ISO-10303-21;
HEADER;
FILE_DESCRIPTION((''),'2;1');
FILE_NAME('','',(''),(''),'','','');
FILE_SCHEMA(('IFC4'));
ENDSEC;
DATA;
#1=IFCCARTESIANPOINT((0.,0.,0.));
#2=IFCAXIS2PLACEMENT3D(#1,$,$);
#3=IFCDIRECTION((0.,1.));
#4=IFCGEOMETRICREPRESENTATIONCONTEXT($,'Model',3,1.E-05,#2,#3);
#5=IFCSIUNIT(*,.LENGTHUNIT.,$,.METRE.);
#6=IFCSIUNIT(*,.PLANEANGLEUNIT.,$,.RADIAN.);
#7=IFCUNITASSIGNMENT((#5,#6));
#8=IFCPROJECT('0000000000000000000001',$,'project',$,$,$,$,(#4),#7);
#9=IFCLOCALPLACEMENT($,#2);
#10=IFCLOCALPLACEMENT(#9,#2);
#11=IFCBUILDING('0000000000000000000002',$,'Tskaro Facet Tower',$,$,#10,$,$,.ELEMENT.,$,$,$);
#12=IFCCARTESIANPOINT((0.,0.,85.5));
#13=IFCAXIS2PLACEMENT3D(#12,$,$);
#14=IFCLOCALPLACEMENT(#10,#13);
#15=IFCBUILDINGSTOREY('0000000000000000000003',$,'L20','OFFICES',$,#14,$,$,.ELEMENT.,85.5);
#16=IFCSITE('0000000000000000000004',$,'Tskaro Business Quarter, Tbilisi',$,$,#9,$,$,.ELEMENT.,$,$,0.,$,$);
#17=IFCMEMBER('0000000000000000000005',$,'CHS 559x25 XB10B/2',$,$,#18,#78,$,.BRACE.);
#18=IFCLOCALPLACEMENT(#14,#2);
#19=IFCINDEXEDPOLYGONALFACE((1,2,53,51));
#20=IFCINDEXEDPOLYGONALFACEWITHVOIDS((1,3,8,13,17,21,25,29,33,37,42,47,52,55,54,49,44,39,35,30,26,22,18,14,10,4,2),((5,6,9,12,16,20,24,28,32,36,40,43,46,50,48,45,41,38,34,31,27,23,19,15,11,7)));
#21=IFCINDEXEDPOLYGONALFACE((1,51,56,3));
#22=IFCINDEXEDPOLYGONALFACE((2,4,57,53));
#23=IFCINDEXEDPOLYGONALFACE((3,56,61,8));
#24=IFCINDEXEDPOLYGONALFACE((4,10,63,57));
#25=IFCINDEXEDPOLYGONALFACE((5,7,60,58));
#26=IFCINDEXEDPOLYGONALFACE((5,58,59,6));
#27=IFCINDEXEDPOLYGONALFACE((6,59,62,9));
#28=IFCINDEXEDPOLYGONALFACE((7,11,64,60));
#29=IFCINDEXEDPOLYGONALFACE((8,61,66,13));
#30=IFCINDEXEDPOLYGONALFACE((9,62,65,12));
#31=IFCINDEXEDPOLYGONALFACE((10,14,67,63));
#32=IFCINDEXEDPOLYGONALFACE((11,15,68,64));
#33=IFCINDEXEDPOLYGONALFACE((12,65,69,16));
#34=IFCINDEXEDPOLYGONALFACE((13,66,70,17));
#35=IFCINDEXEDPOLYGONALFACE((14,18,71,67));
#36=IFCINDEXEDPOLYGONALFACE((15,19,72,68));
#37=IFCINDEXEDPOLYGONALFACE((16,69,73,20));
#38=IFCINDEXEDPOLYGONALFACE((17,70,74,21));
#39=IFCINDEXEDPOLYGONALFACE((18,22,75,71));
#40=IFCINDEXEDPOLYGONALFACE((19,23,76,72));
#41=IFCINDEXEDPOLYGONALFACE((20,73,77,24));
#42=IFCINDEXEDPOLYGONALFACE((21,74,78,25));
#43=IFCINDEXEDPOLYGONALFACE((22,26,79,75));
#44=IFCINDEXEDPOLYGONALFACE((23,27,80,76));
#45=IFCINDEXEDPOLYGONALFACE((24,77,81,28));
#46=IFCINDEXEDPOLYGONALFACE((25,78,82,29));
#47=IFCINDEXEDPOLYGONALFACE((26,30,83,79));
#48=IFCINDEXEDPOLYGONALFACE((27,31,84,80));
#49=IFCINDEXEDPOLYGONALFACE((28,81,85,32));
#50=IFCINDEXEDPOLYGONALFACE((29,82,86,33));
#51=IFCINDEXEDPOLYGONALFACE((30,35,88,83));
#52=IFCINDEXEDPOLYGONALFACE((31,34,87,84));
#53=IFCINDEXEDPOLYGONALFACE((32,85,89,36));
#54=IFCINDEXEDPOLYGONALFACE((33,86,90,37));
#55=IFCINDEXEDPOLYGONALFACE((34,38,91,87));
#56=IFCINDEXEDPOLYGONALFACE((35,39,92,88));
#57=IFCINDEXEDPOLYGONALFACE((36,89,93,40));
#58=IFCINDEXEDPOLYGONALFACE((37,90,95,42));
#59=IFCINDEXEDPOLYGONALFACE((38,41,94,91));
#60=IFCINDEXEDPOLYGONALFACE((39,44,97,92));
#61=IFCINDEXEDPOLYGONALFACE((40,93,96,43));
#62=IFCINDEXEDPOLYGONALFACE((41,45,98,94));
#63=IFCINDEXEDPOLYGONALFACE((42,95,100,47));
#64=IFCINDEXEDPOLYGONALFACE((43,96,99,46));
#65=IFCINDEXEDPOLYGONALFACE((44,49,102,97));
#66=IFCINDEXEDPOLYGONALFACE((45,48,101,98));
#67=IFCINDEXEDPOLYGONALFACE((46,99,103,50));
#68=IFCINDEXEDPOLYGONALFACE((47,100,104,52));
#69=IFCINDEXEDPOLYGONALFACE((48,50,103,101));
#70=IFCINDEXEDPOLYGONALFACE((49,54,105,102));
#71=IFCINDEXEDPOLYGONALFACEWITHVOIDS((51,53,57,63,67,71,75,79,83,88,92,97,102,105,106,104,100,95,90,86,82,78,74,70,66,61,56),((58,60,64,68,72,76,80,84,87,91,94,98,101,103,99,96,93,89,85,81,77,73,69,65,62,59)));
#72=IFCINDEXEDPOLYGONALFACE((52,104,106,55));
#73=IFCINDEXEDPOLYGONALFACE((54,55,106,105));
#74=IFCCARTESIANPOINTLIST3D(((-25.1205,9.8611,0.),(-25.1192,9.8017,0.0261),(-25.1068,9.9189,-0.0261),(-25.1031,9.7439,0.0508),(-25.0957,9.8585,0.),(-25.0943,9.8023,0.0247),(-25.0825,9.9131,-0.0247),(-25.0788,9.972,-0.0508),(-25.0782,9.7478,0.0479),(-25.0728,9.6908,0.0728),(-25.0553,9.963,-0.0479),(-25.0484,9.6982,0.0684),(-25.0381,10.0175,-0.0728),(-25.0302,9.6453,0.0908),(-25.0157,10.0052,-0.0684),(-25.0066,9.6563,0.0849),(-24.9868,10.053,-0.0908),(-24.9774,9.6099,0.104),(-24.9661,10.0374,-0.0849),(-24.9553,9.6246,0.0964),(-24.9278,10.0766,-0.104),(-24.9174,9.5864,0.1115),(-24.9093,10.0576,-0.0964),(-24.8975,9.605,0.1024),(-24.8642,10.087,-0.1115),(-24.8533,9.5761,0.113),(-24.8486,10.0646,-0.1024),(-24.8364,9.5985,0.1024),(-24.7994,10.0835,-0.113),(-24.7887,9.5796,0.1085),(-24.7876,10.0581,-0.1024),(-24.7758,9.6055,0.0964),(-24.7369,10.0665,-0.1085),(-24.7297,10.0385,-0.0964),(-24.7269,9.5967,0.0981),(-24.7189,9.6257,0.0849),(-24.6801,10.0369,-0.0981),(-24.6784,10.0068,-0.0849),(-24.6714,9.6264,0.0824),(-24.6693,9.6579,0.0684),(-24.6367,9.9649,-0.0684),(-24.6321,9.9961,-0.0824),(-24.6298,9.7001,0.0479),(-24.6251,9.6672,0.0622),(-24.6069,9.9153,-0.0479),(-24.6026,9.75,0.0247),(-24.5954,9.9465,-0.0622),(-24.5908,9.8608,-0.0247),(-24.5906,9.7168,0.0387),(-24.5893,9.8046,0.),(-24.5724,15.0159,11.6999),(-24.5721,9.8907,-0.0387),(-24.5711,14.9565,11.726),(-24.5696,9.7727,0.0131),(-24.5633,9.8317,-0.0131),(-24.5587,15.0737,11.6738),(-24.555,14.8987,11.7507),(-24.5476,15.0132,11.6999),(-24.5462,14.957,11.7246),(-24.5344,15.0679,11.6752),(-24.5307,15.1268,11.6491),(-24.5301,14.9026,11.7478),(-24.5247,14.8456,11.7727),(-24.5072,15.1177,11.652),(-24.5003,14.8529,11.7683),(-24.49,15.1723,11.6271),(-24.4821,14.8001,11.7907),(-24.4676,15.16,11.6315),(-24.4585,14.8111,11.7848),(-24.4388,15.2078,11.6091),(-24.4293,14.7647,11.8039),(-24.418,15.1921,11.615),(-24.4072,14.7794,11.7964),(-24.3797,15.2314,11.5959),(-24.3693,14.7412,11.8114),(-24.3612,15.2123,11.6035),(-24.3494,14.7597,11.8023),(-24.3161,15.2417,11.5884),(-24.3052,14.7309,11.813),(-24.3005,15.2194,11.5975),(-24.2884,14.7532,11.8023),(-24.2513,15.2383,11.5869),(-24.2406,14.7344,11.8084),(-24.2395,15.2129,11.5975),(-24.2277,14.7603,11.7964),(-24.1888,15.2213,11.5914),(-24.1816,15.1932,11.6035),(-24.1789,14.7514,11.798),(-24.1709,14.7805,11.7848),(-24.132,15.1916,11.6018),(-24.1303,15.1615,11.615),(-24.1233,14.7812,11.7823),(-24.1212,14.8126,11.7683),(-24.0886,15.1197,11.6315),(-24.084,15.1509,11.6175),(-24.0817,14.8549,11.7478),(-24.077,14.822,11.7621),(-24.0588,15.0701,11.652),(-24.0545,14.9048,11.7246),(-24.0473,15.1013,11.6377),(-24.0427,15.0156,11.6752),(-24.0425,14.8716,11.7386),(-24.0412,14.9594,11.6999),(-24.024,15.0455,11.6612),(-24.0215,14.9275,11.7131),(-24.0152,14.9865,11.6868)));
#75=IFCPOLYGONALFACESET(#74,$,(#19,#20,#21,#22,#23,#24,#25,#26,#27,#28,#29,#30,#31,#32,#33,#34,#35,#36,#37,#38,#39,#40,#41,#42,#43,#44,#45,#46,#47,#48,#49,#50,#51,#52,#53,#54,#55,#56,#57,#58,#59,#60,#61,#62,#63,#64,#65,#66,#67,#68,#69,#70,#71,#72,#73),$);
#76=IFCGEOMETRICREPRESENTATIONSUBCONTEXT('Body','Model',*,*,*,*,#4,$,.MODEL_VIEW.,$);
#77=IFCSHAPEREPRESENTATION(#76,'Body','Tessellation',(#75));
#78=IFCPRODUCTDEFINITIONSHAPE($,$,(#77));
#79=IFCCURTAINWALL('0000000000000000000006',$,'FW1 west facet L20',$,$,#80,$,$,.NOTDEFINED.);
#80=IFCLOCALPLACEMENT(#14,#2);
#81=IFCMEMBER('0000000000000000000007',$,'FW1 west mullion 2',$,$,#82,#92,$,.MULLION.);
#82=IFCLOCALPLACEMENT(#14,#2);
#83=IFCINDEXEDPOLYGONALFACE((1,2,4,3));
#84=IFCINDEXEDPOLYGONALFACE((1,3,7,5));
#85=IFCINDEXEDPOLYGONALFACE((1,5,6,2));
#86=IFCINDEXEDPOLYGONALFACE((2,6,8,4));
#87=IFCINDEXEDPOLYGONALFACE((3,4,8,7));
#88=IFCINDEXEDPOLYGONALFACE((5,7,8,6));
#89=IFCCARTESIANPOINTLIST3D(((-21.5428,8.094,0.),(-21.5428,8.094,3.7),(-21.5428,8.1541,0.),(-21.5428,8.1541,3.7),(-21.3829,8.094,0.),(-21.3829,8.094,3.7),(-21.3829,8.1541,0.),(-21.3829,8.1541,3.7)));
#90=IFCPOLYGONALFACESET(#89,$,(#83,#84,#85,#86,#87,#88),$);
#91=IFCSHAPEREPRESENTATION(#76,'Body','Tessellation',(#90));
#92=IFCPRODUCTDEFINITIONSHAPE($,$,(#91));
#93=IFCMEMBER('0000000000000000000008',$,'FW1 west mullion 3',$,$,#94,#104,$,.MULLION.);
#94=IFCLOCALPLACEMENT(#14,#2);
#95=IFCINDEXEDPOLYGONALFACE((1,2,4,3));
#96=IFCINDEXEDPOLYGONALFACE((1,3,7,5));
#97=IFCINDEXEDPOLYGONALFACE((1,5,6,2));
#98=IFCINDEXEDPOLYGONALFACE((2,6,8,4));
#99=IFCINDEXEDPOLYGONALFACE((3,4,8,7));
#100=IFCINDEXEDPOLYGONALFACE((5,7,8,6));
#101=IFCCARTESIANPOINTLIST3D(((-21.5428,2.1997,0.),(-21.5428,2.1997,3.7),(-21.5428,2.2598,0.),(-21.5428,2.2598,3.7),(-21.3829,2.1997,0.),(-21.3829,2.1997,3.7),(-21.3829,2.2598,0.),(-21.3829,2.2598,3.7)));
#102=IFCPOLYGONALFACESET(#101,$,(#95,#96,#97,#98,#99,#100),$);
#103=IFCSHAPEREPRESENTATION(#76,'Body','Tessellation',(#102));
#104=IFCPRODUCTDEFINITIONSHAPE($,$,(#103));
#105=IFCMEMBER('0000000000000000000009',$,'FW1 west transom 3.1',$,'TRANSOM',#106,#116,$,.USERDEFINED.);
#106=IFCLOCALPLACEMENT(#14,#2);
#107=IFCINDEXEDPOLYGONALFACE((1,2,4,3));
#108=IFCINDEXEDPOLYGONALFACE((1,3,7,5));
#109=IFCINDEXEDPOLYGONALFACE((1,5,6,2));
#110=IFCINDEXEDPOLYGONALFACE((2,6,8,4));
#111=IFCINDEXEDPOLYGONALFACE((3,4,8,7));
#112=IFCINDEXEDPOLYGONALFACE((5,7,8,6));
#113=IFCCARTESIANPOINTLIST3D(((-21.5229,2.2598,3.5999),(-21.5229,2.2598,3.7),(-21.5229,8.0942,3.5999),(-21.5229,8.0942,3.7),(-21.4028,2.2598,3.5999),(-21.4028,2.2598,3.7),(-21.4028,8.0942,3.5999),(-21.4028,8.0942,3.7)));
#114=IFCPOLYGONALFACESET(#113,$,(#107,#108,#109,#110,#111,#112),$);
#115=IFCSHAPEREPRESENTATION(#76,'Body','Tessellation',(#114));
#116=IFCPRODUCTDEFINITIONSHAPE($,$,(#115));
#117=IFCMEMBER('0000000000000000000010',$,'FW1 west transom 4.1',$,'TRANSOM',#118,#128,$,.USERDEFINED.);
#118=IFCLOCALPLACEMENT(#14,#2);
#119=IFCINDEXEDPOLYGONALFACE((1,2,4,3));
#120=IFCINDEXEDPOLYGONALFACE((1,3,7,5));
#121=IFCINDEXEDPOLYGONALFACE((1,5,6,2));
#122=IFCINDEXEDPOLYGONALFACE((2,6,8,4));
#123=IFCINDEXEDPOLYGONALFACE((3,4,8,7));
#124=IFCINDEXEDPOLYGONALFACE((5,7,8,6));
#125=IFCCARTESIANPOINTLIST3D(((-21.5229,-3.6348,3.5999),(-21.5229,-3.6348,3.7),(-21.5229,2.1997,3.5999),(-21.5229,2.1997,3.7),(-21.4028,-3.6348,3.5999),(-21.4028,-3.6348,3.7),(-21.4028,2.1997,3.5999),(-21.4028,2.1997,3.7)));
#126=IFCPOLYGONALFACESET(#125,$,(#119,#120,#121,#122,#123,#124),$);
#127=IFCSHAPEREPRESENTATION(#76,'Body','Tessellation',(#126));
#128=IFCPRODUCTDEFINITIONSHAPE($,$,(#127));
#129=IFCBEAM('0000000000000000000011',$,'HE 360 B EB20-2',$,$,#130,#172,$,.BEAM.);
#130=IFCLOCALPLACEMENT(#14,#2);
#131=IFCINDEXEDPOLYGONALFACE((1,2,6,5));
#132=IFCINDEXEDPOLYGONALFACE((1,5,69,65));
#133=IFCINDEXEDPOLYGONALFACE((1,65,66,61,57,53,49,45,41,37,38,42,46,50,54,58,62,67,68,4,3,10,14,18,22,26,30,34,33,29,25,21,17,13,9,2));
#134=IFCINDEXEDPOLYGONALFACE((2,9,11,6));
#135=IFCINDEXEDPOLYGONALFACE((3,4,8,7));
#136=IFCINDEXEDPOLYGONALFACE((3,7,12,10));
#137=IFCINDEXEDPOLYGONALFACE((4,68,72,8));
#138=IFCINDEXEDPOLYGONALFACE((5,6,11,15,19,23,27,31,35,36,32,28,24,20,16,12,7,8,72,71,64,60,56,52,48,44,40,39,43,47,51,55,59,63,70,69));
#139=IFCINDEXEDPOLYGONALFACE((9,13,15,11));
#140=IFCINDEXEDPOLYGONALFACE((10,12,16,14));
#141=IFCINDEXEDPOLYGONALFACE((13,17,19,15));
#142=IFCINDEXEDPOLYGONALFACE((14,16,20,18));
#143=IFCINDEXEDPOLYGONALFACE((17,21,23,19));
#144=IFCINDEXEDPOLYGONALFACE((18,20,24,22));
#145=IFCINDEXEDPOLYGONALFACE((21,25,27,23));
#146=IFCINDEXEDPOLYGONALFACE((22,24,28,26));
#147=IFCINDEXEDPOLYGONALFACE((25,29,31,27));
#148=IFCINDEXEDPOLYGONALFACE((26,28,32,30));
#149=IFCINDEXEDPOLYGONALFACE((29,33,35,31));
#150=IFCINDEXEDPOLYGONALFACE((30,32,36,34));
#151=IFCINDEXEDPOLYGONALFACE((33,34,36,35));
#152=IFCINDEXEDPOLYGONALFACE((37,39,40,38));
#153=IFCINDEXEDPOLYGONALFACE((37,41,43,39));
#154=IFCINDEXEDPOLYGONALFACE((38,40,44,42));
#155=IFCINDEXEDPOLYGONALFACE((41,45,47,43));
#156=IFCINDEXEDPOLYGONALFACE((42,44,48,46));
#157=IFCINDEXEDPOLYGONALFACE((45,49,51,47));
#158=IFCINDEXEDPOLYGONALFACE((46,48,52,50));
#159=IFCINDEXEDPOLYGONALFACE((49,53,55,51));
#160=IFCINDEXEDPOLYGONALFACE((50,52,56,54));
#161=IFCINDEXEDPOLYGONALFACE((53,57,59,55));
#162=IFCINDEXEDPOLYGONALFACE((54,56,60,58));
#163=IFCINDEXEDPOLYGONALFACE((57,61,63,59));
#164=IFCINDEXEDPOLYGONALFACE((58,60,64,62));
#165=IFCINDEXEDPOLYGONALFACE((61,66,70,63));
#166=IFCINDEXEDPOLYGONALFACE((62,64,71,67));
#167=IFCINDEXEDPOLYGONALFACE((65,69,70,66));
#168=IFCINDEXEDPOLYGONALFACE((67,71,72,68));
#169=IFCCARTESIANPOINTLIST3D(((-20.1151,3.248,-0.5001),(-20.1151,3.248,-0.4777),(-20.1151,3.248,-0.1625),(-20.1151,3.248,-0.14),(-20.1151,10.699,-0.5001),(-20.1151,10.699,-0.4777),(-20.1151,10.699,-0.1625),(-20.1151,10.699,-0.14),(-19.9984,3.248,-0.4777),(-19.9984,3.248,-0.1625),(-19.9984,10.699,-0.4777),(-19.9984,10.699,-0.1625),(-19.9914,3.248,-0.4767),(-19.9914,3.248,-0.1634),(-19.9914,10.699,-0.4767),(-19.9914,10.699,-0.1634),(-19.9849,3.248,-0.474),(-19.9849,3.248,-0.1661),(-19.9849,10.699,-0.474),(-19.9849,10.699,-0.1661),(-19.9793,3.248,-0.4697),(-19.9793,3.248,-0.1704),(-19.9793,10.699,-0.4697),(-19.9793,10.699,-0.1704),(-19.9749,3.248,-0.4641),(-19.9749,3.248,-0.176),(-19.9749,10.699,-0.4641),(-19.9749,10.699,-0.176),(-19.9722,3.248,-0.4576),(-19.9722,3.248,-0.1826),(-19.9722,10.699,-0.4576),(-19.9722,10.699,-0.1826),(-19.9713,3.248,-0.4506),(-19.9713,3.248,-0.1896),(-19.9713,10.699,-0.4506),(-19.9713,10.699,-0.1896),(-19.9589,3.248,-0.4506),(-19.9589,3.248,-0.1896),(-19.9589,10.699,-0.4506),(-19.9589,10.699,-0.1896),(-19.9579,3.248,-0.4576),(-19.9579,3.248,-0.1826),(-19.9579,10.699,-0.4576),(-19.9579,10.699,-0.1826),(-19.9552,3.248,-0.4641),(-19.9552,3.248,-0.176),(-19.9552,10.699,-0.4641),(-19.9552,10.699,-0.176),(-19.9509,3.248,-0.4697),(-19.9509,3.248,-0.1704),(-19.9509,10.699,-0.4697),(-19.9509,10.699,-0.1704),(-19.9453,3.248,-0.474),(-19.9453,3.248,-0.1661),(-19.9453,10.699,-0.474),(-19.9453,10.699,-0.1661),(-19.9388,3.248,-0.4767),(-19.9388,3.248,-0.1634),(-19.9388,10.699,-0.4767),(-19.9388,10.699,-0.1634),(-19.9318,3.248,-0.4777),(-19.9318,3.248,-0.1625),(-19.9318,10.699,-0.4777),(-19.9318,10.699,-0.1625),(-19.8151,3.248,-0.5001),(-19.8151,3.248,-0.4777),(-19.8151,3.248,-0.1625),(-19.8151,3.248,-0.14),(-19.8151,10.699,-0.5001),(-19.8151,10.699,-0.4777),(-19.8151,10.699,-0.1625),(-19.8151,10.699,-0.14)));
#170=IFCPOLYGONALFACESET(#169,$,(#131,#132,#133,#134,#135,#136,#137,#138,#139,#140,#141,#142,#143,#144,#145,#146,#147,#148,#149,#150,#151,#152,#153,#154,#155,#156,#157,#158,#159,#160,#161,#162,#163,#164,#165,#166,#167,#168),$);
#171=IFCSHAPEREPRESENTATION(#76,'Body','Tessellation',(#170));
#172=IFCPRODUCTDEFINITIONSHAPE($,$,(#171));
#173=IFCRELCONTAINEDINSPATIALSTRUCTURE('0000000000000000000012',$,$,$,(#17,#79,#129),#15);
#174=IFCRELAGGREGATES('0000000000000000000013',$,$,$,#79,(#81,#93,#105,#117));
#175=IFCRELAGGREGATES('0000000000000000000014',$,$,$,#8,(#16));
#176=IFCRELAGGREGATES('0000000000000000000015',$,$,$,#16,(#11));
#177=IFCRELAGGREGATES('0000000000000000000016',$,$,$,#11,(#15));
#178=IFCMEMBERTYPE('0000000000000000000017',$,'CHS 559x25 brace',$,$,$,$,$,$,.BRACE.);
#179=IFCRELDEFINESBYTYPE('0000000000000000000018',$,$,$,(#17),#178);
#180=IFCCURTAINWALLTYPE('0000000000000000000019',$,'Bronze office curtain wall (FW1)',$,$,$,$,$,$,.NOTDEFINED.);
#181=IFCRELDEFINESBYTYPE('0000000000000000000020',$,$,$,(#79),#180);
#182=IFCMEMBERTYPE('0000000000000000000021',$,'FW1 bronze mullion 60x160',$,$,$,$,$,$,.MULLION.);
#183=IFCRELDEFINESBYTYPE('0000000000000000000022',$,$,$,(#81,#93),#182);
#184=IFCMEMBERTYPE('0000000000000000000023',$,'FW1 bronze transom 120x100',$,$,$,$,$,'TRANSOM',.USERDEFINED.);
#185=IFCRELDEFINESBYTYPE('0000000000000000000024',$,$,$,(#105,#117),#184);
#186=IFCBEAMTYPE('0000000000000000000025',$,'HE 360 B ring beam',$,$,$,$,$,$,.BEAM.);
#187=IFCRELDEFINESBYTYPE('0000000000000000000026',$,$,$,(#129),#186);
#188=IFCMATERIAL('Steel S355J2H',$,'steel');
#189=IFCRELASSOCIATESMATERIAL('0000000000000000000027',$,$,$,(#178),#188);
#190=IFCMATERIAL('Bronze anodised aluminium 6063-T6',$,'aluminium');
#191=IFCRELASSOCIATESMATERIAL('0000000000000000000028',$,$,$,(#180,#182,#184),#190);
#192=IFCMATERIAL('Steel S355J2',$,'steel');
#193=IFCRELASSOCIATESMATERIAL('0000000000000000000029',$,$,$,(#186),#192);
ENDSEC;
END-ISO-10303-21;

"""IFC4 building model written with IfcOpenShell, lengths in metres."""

from ifc_helpers import new_model, si_unit, direction, frame, origin, origin_2d, place, context, subcontext, project, spatial, rectangle, hollow_circle, i_section, extrude, material, material_profile, profile_set, type_object, element, aggregate, save


model = new_model("IFC4")

# Units and contexts
model_context = context("Model", 3, precision=1e-05, world=origin(), true_north=direction((0.0, 1.0)))
body_context = subcontext(model_context, "Body", "Model", "MODEL_VIEW")
ifc_project = project(units=[si_unit("LENGTHUNIT", "METRE"), si_unit("PLANEANGLEUNIT", "RADIAN")], contexts=[model_context])

# Site, building, storey
site_placement = place(None, origin())
site = spatial("IfcSite", under=ifc_project, at=site_placement, Name="Tskaro Business Quarter, Tbilisi", CompositionType="ELEMENT", RefElevation=0.0)
building_placement = place(site_placement, origin())
building = spatial("IfcBuilding", under=site, at=building_placement, Name="Tskaro Facet Tower", CompositionType="ELEMENT")
storey_placement = place(building_placement, frame((0.0, 0.0, 85.5)))
storey = spatial("IfcBuildingStorey", under=building, at=storey_placement, Name="L20", Description="OFFICES", CompositionType="ELEMENT", Elevation=85.5)

# Shared definitions
ifc_material_1 = material(Name="Steel S355J2H", Category="steel")

# Member
ifc_material_profile_1 = material_profile(ifc_material_1, hollow_circle(Radius=0.2795, WallThickness=0.0249, at=origin_2d()), Name="CHS 559x25")
ifc_profile_set_1 = profile_set([ifc_material_profile_1], Name="Steel S355J2H")
member_type_1 = type_object("IfcMemberType", Name="CHS 559x25 brace", PredefinedType="BRACE", material=ifc_profile_set_1)
member_1_placement = place(storey_placement, frame((-24.8425, 9.8315, 0.0), z_axis=(0.04283, 0.402815, 0.914279), x_axis=(-0.994395, 0.105732, 0.0)))
element("IfcMember", 1, at=member_1_placement, inside=storey, type_object=member_type_1, Name="CHS 559x25 XB10B/2", PredefinedType="BRACE", context=body_context, shape_type="SweptSolid", body=[
    extrude(hollow_circle(Radius=0.2795, WallThickness=0.0249, at=origin_2d()), origin(), (0.0, 0.0, 1.0), 12.7969),
])

# Curtain wall, members
ifc_material_2 = material(Name="Bronze anodised aluminium 6063-T6", Category="aluminium")
curtain_wall_type = type_object("IfcCurtainWallType", Name="Bronze office curtain wall (FW1)", PredefinedType="NOTDEFINED", material=ifc_material_2)
curtain_wall_placement = place(storey_placement, origin())
curtain_wall = element("IfcCurtainWall", 2, at=curtain_wall_placement, inside=storey, type_object=curtain_wall_type, Name="FW1 west facet L20", PredefinedType="NOTDEFINED")
ifc_material_profile_2 = material_profile(ifc_material_2, rectangle(XDim=0.0601, YDim=0.1599, at=origin_2d()), Name="Mullion 60x160")
ifc_profile_set_2 = profile_set([ifc_material_profile_2], Name="Bronze anodised aluminium 6063-T6")
member_type_2 = type_object("IfcMemberType", Name="FW1 bronze mullion 60x160", PredefinedType="MULLION", material=ifc_profile_set_2)
member_2_placement = place(storey_placement, frame((-21.4629, 8.124, 0.0), z_axis=(0.0, 0.0, 1.0), x_axis=(0.0, -1.0, 0.0)))
member_2 = element("IfcMember", 3, at=member_2_placement, type_object=member_type_2, Name="FW1 west mullion 2", PredefinedType="MULLION", context=body_context, shape_type="SweptSolid", body=[
    extrude(rectangle(XDim=0.0601, YDim=0.1599, at=origin_2d()), origin(), (0.0, 0.0, 1.0), 3.7),
])
member_3_placement = place(storey_placement, frame((-21.4629, 2.2297, 0.0), z_axis=(0.0, 0.0, 1.0), x_axis=(0.0, -1.0, 0.0)))
member_3 = element("IfcMember", 4, at=member_3_placement, type_object=member_type_2, Name="FW1 west mullion 3", PredefinedType="MULLION", context=body_context, shape_type="SweptSolid", body=[
    extrude(rectangle(XDim=0.0601, YDim=0.1599, at=origin_2d()), origin(), (0.0, 0.0, 1.0), 3.7),
])
ifc_material_profile_3 = material_profile(ifc_material_2, rectangle(XDim=0.1201, YDim=0.1001, at=origin_2d()), Name="Transom 120x100")
ifc_profile_set_3 = profile_set([ifc_material_profile_3], Name="Bronze anodised aluminium 6063-T6")
member_type_3 = type_object("IfcMemberType", Name="FW1 bronze transom 120x100", ElementType="TRANSOM", PredefinedType="USERDEFINED", material=ifc_profile_set_3)
member_4_placement = place(storey_placement, frame((-21.4629, 8.0942, 3.6499), z_axis=(0.0, -1.0, 0.0), x_axis=(1.0, 0.0, 0.0)))
member_4 = element("IfcMember", 5, at=member_4_placement, type_object=member_type_3, Name="FW1 west transom 3.1", ObjectType="TRANSOM", PredefinedType="USERDEFINED", context=body_context, shape_type="SweptSolid", body=[
    extrude(rectangle(XDim=0.1201, YDim=0.1001, at=origin_2d()), origin(), (0.0, 0.0, 1.0), 5.8345),
])
member_5_placement = place(storey_placement, frame((-21.4629, 2.1997, 3.6499), z_axis=(0.0, -1.0, 0.0), x_axis=(1.0, 0.0, 0.0)))
member_5 = element("IfcMember", 6, at=member_5_placement, type_object=member_type_3, Name="FW1 west transom 4.1", ObjectType="TRANSOM", PredefinedType="USERDEFINED", context=body_context, shape_type="SweptSolid", body=[
    extrude(rectangle(XDim=0.1201, YDim=0.1001, at=origin_2d()), origin(), (0.0, 0.0, 1.0), 5.8345),
])

# Beam
ifc_material_3 = material(Name="Steel S355J2", Category="steel")
ifc_material_profile_4 = material_profile(ifc_material_3, i_section(OverallWidth=0.3, OverallDepth=0.3601, WebThickness=0.0125, FlangeThickness=0.0225, FilletRadius=0.0271, at=origin_2d()), Name="HE 360 B")
ifc_profile_set_4 = profile_set([ifc_material_profile_4], Name="Steel S355J2")
beam_type_1 = type_object("IfcBeamType", Name="HE 360 B ring beam", PredefinedType="BEAM", material=ifc_profile_set_4)
beam_1_placement = place(storey_placement, frame((-19.9651, 10.699, -0.3201), z_axis=(0.0, -1.0, 0.0), x_axis=(1.0, 0.0, 0.0)))
element("IfcBeam", 7, at=beam_1_placement, inside=storey, type_object=beam_type_1, Name="HE 360 B EB20-2", PredefinedType="BEAM", context=body_context, shape_type="SweptSolid", body=[
    extrude(i_section(OverallWidth=0.3, OverallDepth=0.3601, WebThickness=0.0125, FlangeThickness=0.0225, FilletRadius=0.0271, at=origin_2d()), origin(), (0.0, 0.0, 1.0), 7.4509),
])

aggregate(curtain_wall, [member_2, member_3, member_4, member_5])

save(model, "model.ifc")
